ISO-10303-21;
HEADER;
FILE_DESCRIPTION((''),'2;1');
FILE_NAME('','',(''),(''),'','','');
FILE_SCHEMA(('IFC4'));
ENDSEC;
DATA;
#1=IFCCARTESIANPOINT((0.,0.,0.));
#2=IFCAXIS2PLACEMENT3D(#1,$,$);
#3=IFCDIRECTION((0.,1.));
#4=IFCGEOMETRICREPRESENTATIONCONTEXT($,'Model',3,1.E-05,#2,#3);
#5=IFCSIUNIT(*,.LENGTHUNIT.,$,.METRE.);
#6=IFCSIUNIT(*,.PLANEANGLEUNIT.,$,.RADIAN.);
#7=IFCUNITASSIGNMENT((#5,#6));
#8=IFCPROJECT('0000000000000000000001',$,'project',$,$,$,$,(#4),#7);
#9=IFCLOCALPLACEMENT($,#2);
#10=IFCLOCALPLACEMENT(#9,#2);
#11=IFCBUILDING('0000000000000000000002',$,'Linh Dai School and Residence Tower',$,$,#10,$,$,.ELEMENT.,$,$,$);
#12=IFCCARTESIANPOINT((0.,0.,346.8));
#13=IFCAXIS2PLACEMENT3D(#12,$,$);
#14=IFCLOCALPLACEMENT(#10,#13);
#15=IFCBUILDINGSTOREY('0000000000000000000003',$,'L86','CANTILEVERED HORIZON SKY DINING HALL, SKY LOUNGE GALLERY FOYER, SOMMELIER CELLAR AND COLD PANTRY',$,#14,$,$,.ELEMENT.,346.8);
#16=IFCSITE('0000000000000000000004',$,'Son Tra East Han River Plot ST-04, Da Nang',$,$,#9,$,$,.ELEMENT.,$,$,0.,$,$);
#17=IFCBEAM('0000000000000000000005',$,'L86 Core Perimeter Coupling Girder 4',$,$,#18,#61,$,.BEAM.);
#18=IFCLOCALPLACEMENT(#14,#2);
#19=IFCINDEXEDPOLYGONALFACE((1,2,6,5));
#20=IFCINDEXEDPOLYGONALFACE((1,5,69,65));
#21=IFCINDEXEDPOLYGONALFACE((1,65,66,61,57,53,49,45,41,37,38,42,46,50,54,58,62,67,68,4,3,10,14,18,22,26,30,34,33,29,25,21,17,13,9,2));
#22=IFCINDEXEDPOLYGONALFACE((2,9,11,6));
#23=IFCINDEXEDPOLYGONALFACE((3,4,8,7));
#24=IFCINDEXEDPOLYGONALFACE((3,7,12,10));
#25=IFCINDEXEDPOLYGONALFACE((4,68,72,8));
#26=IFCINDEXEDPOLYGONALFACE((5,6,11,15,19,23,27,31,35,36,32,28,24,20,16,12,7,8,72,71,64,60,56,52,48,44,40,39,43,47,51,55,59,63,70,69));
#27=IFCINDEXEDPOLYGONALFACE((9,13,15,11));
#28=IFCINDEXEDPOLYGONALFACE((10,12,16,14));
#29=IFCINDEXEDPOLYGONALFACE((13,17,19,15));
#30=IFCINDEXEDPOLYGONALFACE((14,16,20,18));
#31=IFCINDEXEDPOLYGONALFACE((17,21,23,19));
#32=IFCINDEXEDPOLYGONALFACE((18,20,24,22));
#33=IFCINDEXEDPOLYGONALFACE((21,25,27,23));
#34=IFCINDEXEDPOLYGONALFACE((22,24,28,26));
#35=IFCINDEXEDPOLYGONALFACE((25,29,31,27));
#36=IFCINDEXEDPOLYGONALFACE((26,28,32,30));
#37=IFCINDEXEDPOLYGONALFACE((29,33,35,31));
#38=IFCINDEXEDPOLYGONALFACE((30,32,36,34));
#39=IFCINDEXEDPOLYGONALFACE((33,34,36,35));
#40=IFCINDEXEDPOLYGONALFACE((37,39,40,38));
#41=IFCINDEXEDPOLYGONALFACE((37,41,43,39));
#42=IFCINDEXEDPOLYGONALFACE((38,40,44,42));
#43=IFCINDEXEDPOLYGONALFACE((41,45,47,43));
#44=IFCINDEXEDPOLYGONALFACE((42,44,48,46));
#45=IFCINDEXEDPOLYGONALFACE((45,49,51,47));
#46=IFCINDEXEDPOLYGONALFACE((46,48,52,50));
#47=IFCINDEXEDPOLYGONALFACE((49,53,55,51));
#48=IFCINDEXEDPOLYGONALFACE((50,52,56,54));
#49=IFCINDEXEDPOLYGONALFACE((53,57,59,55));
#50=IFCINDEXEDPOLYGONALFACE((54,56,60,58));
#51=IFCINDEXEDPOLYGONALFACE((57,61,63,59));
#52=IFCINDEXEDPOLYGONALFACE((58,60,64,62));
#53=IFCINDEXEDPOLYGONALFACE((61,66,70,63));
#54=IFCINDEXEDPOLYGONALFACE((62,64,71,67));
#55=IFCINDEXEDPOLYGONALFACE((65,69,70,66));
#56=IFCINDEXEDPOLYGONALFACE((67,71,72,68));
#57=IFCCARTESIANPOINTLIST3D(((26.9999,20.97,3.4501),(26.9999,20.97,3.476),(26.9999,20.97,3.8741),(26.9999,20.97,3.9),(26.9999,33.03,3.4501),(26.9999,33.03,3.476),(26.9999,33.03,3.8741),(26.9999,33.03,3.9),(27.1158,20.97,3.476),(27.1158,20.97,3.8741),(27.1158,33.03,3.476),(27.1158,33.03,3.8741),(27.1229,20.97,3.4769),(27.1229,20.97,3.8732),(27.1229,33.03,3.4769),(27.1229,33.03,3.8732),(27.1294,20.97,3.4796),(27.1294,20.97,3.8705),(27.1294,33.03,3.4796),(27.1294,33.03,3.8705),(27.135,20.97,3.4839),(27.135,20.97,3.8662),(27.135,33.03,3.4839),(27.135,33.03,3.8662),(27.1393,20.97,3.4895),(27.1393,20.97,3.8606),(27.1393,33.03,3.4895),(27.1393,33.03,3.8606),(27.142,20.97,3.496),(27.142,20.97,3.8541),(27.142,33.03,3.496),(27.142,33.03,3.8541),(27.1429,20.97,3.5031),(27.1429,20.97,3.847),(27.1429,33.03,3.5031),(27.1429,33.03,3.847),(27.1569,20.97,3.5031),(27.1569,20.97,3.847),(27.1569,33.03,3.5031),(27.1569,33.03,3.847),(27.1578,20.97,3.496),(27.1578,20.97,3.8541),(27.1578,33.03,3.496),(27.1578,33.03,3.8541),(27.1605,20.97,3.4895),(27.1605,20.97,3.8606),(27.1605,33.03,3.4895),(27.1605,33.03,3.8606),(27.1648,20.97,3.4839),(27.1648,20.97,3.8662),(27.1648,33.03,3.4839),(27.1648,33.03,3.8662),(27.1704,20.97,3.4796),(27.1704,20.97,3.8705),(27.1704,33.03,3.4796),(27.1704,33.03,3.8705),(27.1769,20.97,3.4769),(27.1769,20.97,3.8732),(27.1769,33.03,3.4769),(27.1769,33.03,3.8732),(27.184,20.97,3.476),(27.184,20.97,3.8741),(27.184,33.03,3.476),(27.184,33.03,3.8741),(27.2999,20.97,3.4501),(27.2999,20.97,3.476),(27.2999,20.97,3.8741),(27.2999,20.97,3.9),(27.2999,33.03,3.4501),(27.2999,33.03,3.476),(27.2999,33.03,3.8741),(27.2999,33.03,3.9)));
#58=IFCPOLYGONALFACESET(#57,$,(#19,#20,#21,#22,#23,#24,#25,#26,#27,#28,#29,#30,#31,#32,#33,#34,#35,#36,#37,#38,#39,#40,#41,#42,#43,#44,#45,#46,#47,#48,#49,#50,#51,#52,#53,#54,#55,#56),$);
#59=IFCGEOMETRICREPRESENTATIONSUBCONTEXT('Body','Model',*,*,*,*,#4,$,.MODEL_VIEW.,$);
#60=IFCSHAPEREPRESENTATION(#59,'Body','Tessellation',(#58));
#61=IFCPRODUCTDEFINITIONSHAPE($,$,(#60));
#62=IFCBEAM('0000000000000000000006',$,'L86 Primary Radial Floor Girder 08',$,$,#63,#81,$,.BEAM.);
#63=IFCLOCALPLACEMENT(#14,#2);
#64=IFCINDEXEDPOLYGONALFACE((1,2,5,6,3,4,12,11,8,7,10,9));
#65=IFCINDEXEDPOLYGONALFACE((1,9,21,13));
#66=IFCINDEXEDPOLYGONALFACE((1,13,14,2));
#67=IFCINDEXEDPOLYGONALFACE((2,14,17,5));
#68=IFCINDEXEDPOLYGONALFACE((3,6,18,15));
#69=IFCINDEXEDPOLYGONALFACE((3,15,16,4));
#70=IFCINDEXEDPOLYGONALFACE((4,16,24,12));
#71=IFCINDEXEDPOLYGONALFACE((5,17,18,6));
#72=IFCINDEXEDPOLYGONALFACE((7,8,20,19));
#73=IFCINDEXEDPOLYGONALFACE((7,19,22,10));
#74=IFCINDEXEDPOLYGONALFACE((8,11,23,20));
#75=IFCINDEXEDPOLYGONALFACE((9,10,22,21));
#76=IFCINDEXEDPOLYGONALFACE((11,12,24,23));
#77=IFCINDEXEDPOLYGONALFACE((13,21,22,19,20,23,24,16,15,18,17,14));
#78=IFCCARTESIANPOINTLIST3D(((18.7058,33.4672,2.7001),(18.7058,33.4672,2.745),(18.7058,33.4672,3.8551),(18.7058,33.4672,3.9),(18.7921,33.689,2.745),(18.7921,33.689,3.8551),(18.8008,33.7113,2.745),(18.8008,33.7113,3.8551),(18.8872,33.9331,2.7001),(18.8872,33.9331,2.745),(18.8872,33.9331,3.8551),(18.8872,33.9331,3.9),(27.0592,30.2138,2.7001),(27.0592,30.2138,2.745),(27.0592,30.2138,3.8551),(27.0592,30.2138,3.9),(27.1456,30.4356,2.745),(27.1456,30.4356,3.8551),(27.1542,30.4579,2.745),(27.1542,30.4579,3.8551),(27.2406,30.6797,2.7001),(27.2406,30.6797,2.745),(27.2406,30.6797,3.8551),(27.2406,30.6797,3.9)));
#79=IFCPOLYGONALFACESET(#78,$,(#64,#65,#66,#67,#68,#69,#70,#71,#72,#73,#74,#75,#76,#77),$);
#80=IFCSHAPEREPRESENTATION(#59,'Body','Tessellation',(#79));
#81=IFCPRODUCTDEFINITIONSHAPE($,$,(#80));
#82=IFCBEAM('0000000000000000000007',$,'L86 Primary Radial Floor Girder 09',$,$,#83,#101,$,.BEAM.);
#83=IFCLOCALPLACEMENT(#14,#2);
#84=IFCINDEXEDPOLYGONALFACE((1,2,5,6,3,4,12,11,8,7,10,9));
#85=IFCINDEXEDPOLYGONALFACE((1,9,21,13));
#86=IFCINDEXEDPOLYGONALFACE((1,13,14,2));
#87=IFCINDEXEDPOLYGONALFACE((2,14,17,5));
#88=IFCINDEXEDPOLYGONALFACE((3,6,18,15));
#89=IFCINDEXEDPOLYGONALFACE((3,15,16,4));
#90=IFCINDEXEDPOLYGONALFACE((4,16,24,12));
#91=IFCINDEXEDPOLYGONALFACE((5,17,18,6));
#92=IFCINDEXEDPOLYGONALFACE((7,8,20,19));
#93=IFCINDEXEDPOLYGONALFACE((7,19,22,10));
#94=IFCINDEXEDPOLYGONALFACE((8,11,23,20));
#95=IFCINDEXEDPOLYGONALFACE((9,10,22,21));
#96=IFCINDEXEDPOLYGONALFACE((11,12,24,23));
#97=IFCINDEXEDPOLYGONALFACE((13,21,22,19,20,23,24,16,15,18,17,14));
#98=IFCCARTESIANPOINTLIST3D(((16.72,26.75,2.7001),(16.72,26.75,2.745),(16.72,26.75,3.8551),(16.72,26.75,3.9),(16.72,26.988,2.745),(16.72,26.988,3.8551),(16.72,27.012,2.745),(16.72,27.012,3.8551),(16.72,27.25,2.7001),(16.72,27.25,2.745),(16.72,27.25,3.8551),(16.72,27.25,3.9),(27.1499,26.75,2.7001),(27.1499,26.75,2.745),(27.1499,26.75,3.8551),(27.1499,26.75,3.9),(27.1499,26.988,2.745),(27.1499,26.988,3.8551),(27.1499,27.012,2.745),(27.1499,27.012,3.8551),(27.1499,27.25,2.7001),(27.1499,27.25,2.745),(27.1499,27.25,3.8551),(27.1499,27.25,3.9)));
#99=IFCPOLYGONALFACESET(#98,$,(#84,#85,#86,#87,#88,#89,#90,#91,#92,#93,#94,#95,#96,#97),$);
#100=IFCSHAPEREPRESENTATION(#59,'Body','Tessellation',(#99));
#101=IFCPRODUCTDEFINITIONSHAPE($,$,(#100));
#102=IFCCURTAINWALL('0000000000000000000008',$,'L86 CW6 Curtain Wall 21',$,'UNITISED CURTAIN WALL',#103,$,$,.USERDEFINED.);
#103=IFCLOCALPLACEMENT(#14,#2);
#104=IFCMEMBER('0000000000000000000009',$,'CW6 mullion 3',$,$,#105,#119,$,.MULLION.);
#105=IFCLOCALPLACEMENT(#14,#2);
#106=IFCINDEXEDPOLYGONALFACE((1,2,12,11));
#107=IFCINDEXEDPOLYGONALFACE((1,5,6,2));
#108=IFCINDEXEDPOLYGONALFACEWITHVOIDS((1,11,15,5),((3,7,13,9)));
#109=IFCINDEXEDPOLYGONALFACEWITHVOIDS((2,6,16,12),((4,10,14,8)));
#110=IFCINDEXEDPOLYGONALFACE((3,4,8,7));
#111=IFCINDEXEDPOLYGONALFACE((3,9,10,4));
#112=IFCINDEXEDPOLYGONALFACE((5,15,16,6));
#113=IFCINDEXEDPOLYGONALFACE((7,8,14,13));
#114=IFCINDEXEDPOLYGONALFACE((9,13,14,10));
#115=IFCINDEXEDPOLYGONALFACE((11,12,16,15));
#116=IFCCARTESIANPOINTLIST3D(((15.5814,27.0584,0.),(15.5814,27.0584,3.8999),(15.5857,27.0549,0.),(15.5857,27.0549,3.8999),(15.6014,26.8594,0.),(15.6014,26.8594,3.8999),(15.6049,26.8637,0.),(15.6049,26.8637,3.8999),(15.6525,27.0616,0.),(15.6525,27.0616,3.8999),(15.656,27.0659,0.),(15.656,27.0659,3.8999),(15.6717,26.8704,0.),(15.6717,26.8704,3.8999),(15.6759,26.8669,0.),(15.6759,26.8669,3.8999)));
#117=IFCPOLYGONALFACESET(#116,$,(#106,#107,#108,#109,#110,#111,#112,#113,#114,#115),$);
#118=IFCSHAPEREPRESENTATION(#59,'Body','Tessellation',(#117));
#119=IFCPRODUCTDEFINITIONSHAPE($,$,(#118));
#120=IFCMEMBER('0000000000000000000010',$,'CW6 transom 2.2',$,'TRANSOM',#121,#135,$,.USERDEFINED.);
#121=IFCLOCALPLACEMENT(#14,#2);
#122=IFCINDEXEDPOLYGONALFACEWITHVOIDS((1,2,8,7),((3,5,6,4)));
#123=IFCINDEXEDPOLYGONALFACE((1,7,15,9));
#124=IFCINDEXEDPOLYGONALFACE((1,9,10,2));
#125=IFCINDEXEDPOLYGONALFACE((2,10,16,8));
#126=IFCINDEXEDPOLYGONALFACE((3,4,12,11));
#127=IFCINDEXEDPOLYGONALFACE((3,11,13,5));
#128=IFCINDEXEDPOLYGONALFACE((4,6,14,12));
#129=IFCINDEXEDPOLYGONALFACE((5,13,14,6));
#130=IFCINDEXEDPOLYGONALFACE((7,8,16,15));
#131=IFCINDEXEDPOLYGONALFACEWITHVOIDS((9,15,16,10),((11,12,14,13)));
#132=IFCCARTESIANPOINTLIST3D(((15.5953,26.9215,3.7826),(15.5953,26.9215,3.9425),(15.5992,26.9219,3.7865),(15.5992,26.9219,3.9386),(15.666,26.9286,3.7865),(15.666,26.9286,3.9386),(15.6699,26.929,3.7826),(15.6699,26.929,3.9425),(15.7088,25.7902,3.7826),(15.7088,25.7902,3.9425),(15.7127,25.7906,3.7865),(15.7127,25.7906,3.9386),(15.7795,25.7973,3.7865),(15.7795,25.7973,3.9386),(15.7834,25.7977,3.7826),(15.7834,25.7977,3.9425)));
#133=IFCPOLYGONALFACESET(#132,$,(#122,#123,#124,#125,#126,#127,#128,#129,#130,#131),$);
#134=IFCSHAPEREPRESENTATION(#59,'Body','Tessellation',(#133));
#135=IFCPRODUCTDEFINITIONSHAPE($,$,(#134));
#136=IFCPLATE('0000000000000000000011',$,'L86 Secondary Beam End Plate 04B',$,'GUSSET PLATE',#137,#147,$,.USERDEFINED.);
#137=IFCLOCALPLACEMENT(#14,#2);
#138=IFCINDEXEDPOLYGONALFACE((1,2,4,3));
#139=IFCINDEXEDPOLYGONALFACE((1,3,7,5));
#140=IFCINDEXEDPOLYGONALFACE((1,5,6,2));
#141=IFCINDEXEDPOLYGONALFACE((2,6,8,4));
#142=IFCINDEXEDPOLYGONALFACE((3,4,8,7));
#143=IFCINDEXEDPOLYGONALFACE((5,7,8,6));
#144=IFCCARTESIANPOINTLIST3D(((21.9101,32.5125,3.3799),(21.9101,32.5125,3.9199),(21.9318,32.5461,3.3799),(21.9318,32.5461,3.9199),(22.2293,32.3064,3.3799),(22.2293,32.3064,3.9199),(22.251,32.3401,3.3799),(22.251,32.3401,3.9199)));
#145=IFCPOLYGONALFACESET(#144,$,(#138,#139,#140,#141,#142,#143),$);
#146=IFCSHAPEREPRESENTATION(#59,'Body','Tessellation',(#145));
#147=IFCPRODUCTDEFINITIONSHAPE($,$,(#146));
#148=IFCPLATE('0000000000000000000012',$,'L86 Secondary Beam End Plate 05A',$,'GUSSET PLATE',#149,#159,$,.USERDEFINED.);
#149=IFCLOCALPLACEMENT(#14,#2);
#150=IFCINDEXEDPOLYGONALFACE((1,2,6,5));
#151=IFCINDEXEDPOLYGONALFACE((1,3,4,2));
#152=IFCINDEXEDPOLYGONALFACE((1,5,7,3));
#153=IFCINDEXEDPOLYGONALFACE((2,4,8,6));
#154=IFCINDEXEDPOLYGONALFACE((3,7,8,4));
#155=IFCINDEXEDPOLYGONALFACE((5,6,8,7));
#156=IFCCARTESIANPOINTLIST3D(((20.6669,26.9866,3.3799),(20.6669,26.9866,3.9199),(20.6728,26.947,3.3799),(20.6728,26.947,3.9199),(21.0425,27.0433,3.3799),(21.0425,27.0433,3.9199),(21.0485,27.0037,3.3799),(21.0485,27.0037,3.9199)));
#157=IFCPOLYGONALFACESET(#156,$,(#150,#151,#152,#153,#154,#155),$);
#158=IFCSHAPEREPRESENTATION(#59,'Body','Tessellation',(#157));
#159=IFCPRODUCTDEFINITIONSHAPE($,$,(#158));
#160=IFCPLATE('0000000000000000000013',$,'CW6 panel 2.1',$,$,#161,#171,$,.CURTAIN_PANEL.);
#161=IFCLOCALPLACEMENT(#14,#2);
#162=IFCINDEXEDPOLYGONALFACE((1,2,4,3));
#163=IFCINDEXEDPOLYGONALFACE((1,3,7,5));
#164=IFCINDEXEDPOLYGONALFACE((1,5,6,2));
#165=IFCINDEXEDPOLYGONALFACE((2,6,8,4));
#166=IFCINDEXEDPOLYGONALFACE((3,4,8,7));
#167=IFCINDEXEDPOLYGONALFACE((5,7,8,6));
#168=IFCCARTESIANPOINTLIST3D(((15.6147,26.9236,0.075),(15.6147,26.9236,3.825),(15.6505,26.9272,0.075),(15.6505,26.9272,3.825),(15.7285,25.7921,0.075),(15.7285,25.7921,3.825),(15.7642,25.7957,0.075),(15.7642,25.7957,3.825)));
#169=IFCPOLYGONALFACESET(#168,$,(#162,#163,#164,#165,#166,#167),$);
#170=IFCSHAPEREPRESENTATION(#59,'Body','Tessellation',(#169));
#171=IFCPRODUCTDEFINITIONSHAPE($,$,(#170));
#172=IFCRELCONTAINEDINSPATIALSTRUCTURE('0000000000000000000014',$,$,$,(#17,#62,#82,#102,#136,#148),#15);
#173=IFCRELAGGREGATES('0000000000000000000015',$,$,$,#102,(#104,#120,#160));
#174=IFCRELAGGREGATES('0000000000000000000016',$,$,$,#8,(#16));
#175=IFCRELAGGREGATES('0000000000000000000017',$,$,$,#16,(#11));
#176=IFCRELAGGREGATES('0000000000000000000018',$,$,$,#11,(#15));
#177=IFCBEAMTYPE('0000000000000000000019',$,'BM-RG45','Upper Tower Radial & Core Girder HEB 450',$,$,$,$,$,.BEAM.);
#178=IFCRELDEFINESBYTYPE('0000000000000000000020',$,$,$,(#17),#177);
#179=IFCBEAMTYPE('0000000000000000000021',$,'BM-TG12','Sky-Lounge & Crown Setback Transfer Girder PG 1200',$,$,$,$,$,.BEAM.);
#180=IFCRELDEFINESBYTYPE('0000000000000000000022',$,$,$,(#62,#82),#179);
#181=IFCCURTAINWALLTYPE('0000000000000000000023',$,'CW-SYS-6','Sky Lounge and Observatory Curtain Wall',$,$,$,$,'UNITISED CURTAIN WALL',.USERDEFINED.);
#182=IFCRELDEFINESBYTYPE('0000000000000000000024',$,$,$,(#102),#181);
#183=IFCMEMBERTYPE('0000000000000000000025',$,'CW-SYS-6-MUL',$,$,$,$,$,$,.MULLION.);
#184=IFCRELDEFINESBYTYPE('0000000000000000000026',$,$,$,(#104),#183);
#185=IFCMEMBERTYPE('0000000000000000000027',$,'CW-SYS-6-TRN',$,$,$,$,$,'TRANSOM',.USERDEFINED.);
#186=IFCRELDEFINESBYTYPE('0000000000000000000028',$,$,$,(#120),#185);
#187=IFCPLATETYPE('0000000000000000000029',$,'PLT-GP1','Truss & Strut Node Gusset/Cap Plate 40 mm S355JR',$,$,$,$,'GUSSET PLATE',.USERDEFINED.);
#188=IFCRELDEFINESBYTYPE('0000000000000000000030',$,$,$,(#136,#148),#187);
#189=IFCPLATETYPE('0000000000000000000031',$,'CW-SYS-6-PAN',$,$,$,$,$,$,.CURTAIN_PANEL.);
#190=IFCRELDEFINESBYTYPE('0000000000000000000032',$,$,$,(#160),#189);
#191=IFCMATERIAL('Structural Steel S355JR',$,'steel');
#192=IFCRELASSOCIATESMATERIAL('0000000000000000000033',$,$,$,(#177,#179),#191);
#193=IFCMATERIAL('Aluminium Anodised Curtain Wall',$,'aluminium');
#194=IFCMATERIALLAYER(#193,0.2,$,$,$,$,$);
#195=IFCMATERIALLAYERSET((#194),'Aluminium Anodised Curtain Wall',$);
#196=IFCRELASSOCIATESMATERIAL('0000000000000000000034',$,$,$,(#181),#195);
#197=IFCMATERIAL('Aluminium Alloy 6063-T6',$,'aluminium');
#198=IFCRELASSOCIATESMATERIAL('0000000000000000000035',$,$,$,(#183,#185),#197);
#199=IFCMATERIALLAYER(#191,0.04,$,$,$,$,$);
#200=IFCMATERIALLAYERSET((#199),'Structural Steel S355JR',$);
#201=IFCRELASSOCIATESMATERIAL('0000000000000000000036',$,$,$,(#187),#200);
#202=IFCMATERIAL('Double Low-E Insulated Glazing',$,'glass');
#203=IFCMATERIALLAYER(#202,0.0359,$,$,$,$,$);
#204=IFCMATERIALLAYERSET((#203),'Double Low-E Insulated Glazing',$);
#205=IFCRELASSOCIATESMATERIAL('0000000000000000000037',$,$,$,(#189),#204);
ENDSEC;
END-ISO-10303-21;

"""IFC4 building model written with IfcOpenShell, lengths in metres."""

from ifc_helpers import new_model, si_unit, direction, frame, origin, origin_2d, place, context, subcontext, project, spatial, rectangle, hollow_rectangle, i_section, extrude, source, transform, mapped, material, layer, layer_set, material_profile, profile_set, type_object, element, aggregate, save


model = new_model("IFC4")

# Units and contexts
model_context = context("Model", 3, precision=1e-05, world=origin(), true_north=direction((0.0, 1.0)))
body_context = subcontext(model_context, "Body", "Model", "MODEL_VIEW")
ifc_project = project(units=[si_unit("LENGTHUNIT", "METRE"), si_unit("PLANEANGLEUNIT", "RADIAN")], contexts=[model_context])

# Site, building, storey
site_placement = place(None, origin())
site = spatial("IfcSite", under=ifc_project, at=site_placement, Name="Son Tra East Han River Plot ST-04, Da Nang", CompositionType="ELEMENT", RefElevation=0.0)
building_placement = place(site_placement, origin())
building = spatial("IfcBuilding", under=site, at=building_placement, Name="Linh Dai School and Residence Tower", CompositionType="ELEMENT")
storey_placement = place(building_placement, frame((0.0, 0.0, 346.8)))
storey = spatial("IfcBuildingStorey", under=building, at=storey_placement, Name="L86", Description="CANTILEVERED HORIZON SKY DINING HALL, SKY LOUNGE GALLERY FOYER, SOMMELIER CELLAR AND COLD PANTRY", CompositionType="ELEMENT", Elevation=346.8)

# Shared definitions
ifc_material_1 = material(Name="Structural Steel S355JR", Category="steel")

# Beams
ifc_material_profile_1 = material_profile(ifc_material_1, i_section(OverallWidth=0.3, OverallDepth=0.45, WebThickness=0.0139, FlangeThickness=0.0259, FilletRadius=0.0271, at=origin_2d()), Name="HEB 450")
ifc_profile_set_1 = profile_set([ifc_material_profile_1], Name="Structural Steel S355JR")
beam_type_1 = type_object("IfcBeamType", Name="BM-RG45", Description="Upper Tower Radial & Core Girder HEB 450", PredefinedType="BEAM", material=ifc_profile_set_1)
beam_1_placement = place(storey_placement, frame((27.1499, 33.03, 3.675), z_axis=(0.0, -1.0, 0.0), x_axis=(1.0, 0.0, 0.0)))
element("IfcBeam", 1, at=beam_1_placement, inside=storey, type_object=beam_type_1, Name="L86 Core Perimeter Coupling Girder 4", PredefinedType="BEAM", context=body_context, shape_type="SweptSolid", body=[
    extrude(i_section(OverallWidth=0.3, OverallDepth=0.45, WebThickness=0.0139, FlangeThickness=0.0259, FilletRadius=0.0271, at=origin_2d()), origin(), (0.0, 0.0, 1.0), 12.0601),
])
ifc_material_profile_2 = material_profile(ifc_material_1, i_section(OverallWidth=0.5, OverallDepth=1.2, WebThickness=0.0239, FlangeThickness=0.0449, at=origin_2d()), Name="PG 1200x500x24x45")
ifc_profile_set_2 = profile_set([ifc_material_profile_2], Name="Structural Steel S355JR")
beam_type_2 = type_object("IfcBeamType", Name="BM-TG12", Description="Sky-Lounge & Crown Setback Transfer Girder PG 1200", PredefinedType="BEAM", material=ifc_profile_set_2)
beam_2_placement = place(storey_placement, frame((27.1499, 30.4468, 3.3), z_axis=(-0.931823, 0.362914, 0.0), x_axis=(-0.362914, -0.931823, 0.0)))
element("IfcBeam", 2, at=beam_2_placement, inside=storey, type_object=beam_type_2, Name="L86 Primary Radial Floor Girder 08", PredefinedType="BEAM", context=body_context, shape_type="SweptSolid", body=[
    extrude(i_section(OverallWidth=0.5, OverallDepth=1.2, WebThickness=0.0239, FlangeThickness=0.0449, at=origin_2d()), origin(), (0.0, 0.0, 1.0), 8.9646),
])
beam_3_placement = place(storey_placement, frame((27.1499, 27.0, 3.3), z_axis=(-1.0, 0.0, 0.0), x_axis=(0.0, -1.0, 0.0)))
element("IfcBeam", 3, at=beam_3_placement, inside=storey, type_object=beam_type_2, Name="L86 Primary Radial Floor Girder 09", PredefinedType="BEAM", context=body_context, shape_type="SweptSolid", body=[
    extrude(i_section(OverallWidth=0.5, OverallDepth=1.2, WebThickness=0.0239, FlangeThickness=0.0449, at=origin_2d()), origin(), (0.0, 0.0, 1.0), 10.4299),
])

# Curtain wall, members
ifc_material_2 = material(Name="Aluminium Anodised Curtain Wall", Category="aluminium")
ifc_layer_1 = layer(ifc_material_2, 0.2)
ifc_layer_set_1 = layer_set([ifc_layer_1], Name="Aluminium Anodised Curtain Wall")
curtain_wall_type = type_object("IfcCurtainWallType", Name="CW-SYS-6", Description="Sky Lounge and Observatory Curtain Wall", ElementType="UNITISED CURTAIN WALL", PredefinedType="USERDEFINED", material=ifc_layer_set_1)
curtain_wall_placement = place(storey_placement, origin())
curtain_wall = element("IfcCurtainWall", 4, at=curtain_wall_placement, inside=storey, type_object=curtain_wall_type, Name="L86 CW6 Curtain Wall 21", ObjectType="UNITISED CURTAIN WALL", PredefinedType="USERDEFINED")
ifc_material_3 = material(Name="Aluminium Alloy 6063-T6", Category="aluminium")
ifc_material_profile_3 = material_profile(ifc_material_3, hollow_rectangle(XDim=0.075, YDim=0.2, WallThickness=0.0039, at=origin_2d()), Name="RHS 200x75x4")
ifc_profile_set_3 = profile_set([ifc_material_profile_3], Name="Aluminium Alloy 6063-T6")
member_type_1 = type_object("IfcMemberType", Name="CW-SYS-6-MUL", PredefinedType="MULLION", material=ifc_profile_set_3)
shared_shape_1 = source(origin(), body_context, "Body", "SweptSolid", [
    extrude(hollow_rectangle(XDim=0.075, YDim=0.2, WallThickness=0.0039, at=origin_2d()), origin(), (0.0, 0.0, 1.0), 3.8999),
])
member_1_placement = place(storey_placement, frame((15.6287, 26.9626, 0.0), z_axis=(0.0, 0.0, 1.0), x_axis=(-0.994988, -0.099992, 0.0)))
member_1 = element("IfcMember", 5, at=member_1_placement, type_object=member_type_1, Name="CW6 mullion 3", PredefinedType="MULLION", context=body_context, shape_type="MappedRepresentation", body=[
    mapped(shared_shape_1, transform((0.0, 0.0, 0.0), x_axis=(1.0, 0.0, 0.0), y_axis=(0.0, 1.0, 0.0), z_axis=(0.0, 0.0, 1.0), scale=1.0)),
])
ifc_material_profile_4 = material_profile(ifc_material_3, hollow_rectangle(XDim=0.075, YDim=0.1599, WallThickness=0.0039, at=origin_2d()), Name="RHS 160x75x4")
ifc_profile_set_4 = profile_set([ifc_material_profile_4], Name="Aluminium Alloy 6063-T6")
member_type_2 = type_object("IfcMemberType", Name="CW-SYS-6-TRN", ElementType="TRANSOM", PredefinedType="USERDEFINED", material=ifc_profile_set_4)
shared_shape_2 = source(origin(), body_context, "Body", "SweptSolid", [
    extrude(hollow_rectangle(XDim=0.075, YDim=0.1599, WallThickness=0.0039, at=origin_2d()), origin(), (0.0, 0.0, 1.0), 1.137),
])
member_2_placement = place(storey_placement, frame((15.7461, 25.7939, 3.8625), z_axis=(-0.099844, 0.995003, 0.0), x_axis=(-0.995003, -0.099844, 0.0)))
member_2 = element("IfcMember", 6, at=member_2_placement, type_object=member_type_2, Name="CW6 transom 2.2", ObjectType="TRANSOM", PredefinedType="USERDEFINED", context=body_context, shape_type="MappedRepresentation", body=[
    mapped(shared_shape_2, transform((0.0, 0.0, 0.0), x_axis=(1.0, 0.0, 0.0), y_axis=(0.0, 1.0, 0.0), z_axis=(0.0, 0.0, 1.0), scale=1.0)),
])

# Plates
ifc_layer_2 = layer(ifc_material_1, 0.04)
ifc_layer_set_2 = layer_set([ifc_layer_2], Name="Structural Steel S355JR")
plate_type_1 = type_object("IfcPlateType", Name="PLT-GP1", Description="Truss & Strut Node Gusset/Cap Plate 40 mm S355JR", ElementType="GUSSET PLATE", PredefinedType="USERDEFINED", material=ifc_layer_set_2)
shared_shape_3 = source(origin(), body_context, "Body", "SweptSolid", [
    extrude(rectangle(XDim=0.04, YDim=0.3799, at=origin_2d()), origin(), (0.0, 0.0, 1.0), 0.54),
])
for number, where, z_axis, x_axis, name in (
    (7, (22.0806, 32.4263, 3.3799), (0.0, 0.0, 1.0), (-0.542322, -0.840171, 0.0), "L86 Secondary Beam End Plate 04B"),
    (8, (20.8577, 26.9951, 3.3799), (0.0, 0.0, 1.0), (0.149196, -0.988808, 0.0), "L86 Secondary Beam End Plate 05A"),
):
    element("IfcPlate", number, at=place(storey_placement, frame(where, z_axis=z_axis, x_axis=x_axis)), inside=storey, type_object=plate_type_1, Name=name, ObjectType="GUSSET PLATE", PredefinedType="USERDEFINED", context=body_context, shape_type="MappedRepresentation", body=[
        mapped(shared_shape_3, transform((0.0, 0.0, 0.0), x_axis=(1.0, 0.0, 0.0), y_axis=(0.0, 1.0, 0.0), z_axis=(0.0, 0.0, 1.0), scale=1.0)),
    ])

# Plate
ifc_material_4 = material(Name="Double Low-E Insulated Glazing", Category="glass")
ifc_layer_3 = layer(ifc_material_4, 0.0359)
ifc_layer_set_3 = layer_set([ifc_layer_3], Name="Double Low-E Insulated Glazing")
plate_type_2 = type_object("IfcPlateType", Name="CW-SYS-6-PAN", PredefinedType="CURTAIN_PANEL", material=ifc_layer_set_3)
shared_shape_4 = source(origin(), body_context, "Body", "SweptSolid", [
    extrude(rectangle(XDim=1.1372, YDim=0.0359, at=origin_2d()), origin(), (0.0, 0.0, 1.0), 3.75),
])
plate_placement = place(storey_placement, frame((15.6895, 26.3596, 0.075), z_axis=(0.0, 0.0, 1.0), x_axis=(-0.099992, 0.994988, 0.0)))
plate = element("IfcPlate", 9, at=plate_placement, type_object=plate_type_2, Name="CW6 panel 2.1", PredefinedType="CURTAIN_PANEL", context=body_context, shape_type="MappedRepresentation", body=[
    mapped(shared_shape_4, transform((0.0, 0.0, 0.0), x_axis=(1.0, 0.0, 0.0), y_axis=(0.0, 1.0, 0.0), z_axis=(0.0, 0.0, 1.0), scale=1.0)),
])
aggregate(curtain_wall, [member_1, member_2, plate])

save(model, "model.ifc")
